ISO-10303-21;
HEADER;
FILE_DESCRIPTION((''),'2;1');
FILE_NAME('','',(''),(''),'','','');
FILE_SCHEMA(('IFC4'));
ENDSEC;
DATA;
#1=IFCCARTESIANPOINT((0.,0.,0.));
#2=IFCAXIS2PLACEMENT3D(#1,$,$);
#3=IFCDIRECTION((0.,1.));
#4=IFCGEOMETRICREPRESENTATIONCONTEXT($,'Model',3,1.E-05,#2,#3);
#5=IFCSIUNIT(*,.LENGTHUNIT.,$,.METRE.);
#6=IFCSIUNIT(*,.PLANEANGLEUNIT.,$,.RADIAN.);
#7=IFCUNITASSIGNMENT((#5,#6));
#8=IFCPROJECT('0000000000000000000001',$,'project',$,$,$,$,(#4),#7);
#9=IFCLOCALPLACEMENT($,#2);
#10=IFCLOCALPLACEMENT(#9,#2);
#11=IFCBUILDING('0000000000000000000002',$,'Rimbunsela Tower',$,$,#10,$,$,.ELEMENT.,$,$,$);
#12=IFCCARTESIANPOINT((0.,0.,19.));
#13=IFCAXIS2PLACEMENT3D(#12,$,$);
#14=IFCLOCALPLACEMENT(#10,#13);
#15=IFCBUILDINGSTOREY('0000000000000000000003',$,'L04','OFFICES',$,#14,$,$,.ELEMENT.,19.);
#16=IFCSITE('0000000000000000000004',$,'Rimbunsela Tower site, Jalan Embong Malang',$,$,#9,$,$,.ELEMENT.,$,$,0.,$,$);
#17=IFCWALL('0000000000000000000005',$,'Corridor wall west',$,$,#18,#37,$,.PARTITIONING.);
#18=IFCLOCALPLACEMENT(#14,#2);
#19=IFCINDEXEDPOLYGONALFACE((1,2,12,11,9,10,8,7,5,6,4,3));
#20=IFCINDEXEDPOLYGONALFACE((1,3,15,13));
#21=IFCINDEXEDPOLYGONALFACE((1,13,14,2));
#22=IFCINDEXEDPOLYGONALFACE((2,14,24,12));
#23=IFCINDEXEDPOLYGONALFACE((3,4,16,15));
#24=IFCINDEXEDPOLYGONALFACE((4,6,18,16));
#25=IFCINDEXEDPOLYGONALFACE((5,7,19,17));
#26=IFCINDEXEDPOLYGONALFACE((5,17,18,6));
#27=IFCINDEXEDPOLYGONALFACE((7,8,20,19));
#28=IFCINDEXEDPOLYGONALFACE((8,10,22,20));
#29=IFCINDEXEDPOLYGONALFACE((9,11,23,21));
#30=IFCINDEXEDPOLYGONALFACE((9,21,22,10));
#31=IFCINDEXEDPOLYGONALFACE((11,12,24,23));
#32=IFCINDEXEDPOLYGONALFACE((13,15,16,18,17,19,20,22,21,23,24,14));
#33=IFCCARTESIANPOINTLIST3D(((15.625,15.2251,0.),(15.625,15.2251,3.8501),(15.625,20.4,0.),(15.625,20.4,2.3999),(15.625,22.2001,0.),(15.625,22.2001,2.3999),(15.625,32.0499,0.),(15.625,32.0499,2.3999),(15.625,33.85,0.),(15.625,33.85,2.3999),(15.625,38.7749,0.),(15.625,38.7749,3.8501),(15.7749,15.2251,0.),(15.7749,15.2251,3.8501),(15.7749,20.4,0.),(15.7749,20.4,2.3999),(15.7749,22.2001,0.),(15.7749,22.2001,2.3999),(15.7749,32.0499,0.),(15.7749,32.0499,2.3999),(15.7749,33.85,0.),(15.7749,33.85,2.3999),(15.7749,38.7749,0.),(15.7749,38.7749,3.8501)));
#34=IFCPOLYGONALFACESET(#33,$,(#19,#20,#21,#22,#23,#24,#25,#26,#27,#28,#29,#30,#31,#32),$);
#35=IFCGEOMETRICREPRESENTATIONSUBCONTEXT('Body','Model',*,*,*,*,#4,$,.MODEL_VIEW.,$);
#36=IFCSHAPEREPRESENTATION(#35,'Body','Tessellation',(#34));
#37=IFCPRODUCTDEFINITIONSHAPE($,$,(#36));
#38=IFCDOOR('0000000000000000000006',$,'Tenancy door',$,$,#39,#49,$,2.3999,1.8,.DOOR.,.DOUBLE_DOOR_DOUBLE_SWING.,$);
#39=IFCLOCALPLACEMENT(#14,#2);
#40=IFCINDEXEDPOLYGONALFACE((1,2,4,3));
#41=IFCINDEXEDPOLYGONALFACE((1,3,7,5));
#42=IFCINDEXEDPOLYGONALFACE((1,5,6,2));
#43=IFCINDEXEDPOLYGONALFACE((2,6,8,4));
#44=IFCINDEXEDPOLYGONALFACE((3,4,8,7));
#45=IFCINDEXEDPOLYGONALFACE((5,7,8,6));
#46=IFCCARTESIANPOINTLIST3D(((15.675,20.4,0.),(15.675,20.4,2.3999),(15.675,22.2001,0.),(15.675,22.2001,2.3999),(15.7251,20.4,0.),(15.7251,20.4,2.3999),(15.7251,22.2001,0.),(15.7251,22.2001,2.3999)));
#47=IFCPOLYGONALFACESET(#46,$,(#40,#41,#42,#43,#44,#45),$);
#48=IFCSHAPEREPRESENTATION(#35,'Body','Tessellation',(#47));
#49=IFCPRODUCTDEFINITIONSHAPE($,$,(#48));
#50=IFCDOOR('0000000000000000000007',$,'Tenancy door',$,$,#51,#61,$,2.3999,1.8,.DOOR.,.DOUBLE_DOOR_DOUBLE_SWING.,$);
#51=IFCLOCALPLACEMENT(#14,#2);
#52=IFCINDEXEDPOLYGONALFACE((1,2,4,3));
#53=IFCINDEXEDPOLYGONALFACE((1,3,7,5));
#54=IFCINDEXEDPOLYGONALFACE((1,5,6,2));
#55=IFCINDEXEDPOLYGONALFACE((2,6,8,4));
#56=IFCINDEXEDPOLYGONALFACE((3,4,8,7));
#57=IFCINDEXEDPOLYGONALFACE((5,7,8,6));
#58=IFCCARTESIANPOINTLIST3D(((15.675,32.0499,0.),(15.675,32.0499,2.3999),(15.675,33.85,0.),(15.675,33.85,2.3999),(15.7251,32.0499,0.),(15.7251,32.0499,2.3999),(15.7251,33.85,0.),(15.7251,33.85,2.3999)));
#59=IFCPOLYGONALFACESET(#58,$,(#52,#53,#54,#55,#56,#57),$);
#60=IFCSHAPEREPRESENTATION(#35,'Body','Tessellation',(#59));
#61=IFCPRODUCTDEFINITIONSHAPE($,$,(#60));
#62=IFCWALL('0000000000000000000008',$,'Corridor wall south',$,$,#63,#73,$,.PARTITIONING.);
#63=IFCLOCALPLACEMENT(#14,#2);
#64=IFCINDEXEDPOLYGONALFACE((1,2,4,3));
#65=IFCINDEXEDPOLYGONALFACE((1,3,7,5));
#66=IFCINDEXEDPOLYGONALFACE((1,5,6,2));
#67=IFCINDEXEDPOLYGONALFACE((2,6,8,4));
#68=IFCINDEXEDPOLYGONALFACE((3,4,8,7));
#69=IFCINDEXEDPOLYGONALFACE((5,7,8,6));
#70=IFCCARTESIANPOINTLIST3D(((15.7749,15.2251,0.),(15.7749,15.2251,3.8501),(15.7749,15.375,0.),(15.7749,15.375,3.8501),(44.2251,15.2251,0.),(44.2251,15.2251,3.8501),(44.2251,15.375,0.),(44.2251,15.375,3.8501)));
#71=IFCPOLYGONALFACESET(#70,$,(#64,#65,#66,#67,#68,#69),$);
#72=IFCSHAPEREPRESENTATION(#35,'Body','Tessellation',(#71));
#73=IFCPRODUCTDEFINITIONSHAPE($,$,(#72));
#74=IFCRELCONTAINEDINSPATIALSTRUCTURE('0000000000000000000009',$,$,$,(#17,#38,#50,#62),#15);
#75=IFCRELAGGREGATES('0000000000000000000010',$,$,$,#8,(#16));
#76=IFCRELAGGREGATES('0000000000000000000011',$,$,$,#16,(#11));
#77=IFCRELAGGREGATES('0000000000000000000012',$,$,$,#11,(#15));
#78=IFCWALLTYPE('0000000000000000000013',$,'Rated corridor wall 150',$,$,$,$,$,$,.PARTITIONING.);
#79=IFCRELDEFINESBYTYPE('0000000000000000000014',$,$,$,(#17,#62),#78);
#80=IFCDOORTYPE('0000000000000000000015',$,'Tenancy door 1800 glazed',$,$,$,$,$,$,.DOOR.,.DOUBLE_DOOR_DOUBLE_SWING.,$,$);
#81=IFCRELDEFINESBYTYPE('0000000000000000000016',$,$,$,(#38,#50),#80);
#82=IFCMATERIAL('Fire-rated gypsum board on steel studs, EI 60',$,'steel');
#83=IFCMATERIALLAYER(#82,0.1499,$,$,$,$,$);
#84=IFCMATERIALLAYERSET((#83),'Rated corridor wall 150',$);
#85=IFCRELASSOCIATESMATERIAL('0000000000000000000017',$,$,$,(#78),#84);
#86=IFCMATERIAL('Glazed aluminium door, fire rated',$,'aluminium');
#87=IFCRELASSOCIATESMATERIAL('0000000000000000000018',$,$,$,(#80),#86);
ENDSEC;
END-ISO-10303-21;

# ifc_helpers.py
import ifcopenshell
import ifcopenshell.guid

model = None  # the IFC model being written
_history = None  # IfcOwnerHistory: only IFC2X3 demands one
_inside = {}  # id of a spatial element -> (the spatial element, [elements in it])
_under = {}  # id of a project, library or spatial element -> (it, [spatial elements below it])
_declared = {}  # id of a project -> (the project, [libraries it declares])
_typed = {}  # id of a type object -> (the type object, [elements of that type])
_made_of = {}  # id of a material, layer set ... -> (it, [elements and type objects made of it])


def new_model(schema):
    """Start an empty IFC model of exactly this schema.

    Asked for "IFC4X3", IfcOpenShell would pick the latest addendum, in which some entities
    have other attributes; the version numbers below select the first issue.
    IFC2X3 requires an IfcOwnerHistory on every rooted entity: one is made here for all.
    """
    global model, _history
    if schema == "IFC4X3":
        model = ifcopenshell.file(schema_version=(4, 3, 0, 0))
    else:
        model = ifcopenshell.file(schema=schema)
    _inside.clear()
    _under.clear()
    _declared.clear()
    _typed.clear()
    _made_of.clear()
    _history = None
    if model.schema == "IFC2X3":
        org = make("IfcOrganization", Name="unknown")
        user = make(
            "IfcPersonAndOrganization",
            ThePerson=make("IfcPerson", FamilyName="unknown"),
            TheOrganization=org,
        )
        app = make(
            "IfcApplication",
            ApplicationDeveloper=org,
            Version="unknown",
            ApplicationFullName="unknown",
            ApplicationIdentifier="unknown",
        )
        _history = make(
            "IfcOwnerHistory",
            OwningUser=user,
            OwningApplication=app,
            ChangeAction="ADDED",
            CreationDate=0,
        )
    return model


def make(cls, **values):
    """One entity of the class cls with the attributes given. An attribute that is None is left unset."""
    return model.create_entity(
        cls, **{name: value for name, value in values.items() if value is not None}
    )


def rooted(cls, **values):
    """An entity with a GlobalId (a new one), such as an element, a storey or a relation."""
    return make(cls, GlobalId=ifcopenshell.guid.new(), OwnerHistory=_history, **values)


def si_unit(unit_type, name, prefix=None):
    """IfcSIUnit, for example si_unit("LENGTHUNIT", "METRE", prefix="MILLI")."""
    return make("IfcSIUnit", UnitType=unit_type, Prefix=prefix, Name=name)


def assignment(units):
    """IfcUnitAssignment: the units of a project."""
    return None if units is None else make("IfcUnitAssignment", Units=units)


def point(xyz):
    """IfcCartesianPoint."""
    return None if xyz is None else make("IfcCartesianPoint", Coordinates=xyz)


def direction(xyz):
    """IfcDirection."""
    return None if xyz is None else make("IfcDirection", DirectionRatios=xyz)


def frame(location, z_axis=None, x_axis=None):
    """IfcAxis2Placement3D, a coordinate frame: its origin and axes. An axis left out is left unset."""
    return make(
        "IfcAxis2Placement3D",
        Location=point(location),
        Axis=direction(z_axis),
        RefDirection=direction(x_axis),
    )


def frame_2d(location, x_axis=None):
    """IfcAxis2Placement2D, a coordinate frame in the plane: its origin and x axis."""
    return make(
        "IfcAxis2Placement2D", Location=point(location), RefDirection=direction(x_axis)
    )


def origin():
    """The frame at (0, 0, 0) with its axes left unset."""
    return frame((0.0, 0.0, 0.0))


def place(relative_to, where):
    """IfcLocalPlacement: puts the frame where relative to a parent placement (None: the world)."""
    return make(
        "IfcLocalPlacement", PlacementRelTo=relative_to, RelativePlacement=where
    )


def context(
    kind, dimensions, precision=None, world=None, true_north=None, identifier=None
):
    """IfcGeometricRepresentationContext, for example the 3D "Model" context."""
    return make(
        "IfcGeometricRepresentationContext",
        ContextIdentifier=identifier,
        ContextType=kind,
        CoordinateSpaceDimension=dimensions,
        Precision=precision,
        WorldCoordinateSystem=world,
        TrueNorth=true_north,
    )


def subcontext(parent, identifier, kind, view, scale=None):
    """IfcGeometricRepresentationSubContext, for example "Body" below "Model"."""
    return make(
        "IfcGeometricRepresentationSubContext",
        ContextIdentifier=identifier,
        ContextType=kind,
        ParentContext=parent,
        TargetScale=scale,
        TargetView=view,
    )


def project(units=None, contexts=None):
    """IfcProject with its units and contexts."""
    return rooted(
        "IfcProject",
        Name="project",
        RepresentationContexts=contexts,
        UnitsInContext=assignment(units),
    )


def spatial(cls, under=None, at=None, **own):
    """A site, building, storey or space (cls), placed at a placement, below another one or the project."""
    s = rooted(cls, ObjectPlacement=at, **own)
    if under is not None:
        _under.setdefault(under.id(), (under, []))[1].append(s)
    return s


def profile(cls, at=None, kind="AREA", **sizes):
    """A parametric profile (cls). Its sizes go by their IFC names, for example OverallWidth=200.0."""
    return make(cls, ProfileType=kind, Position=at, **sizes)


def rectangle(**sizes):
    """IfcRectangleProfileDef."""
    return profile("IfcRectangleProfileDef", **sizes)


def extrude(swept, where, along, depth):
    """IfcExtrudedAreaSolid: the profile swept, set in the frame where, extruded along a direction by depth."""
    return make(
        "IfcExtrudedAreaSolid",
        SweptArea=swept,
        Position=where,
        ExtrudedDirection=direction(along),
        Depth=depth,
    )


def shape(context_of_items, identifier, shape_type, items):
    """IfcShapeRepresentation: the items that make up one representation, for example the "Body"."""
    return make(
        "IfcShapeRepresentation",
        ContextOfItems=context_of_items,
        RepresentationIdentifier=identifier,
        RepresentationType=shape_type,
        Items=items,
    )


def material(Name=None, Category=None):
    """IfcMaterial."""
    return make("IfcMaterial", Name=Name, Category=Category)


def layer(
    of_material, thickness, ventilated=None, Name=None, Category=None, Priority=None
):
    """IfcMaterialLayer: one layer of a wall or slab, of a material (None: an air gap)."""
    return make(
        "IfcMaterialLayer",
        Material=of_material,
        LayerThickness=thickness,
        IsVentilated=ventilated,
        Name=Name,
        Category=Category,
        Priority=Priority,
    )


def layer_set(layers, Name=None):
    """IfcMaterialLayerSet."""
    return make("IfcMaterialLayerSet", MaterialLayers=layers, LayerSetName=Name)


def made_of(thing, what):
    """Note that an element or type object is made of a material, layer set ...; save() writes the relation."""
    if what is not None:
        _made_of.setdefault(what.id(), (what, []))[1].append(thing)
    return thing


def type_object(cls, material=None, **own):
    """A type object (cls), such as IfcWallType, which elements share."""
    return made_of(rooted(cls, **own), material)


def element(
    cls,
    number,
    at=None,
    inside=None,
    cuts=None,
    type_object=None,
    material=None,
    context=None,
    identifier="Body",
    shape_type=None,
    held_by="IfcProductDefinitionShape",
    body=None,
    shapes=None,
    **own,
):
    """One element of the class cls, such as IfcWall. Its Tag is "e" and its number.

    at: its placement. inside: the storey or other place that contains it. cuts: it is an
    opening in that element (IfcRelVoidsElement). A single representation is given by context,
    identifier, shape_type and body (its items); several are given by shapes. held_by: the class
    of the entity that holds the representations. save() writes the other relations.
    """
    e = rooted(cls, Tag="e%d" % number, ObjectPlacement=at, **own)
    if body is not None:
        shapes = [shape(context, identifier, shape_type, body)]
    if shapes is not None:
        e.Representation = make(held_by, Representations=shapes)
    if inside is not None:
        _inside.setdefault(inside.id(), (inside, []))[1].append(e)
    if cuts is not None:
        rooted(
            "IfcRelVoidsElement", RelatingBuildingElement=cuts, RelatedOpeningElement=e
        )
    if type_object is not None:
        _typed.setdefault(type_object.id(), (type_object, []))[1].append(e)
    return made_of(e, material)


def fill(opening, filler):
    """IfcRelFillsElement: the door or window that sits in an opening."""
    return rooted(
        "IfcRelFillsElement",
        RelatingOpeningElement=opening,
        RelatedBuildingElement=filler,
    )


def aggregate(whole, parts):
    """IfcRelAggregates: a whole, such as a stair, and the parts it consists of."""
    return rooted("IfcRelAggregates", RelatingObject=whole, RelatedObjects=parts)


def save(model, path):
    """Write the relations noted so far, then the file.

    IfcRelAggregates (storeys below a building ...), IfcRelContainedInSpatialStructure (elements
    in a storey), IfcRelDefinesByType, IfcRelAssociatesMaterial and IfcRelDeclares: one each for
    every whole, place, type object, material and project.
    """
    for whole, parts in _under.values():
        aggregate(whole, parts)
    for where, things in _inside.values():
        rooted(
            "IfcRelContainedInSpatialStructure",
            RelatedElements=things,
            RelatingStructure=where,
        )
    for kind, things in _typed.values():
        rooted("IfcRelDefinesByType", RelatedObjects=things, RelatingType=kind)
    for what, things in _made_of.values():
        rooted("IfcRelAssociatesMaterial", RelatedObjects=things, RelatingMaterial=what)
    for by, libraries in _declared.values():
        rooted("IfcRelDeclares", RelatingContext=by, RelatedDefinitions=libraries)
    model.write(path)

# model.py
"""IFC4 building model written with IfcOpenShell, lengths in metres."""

from ifc_helpers import new_model, si_unit, direction, frame, frame_2d, origin, place, context, subcontext, project, spatial, rectangle, extrude, material, layer, layer_set, type_object, element, fill, save


model = new_model("IFC4")

# Units and contexts
model_context = context("Model", 3, precision=1e-05, world=origin(), true_north=direction((0.0, 1.0)))
body_context = subcontext(model_context, "Body", "Model", "MODEL_VIEW")
ifc_project = project(units=[si_unit("LENGTHUNIT", "METRE"), si_unit("PLANEANGLEUNIT", "RADIAN")], contexts=[model_context])

# Site, building, storey
site_placement = place(None, origin())
site = spatial("IfcSite", under=ifc_project, at=site_placement, Name="Rimbunsela Tower site, Jalan Embong Malang", CompositionType="ELEMENT", RefElevation=0.0)
building_placement = place(site_placement, origin())
building = spatial("IfcBuilding", under=site, at=building_placement, Name="Rimbunsela Tower", CompositionType="ELEMENT")
storey_placement = place(building_placement, frame((0.0, 0.0, 19.0)))
storey = spatial("IfcBuildingStorey", under=building, at=storey_placement, Name="L04", Description="OFFICES", CompositionType="ELEMENT", Elevation=19.0)

# Wall, openings, doors
ifc_material_1 = material(Name="Fire-rated gypsum board on steel studs, EI 60", Category="steel")
ifc_layer_1 = layer(ifc_material_1, 0.1499)
ifc_layer_set_1 = layer_set([ifc_layer_1], Name="Rated corridor wall 150")
wall_type_1 = type_object("IfcWallType", Name="Rated corridor wall 150", PredefinedType="PARTITIONING", material=ifc_layer_set_1)
wall_1_placement = place(storey_placement, frame((15.7, 15.2251, 0.0), z_axis=(0.0, 0.0, 1.0), x_axis=(0.0, 1.0, 0.0)))
wall_1 = element("IfcWall", 1, at=wall_1_placement, inside=storey, type_object=wall_type_1, Name="Corridor wall west", PredefinedType="PARTITIONING", context=body_context, shape_type="SweptSolid", body=[
    extrude(rectangle(XDim=23.5498, YDim=0.1499, at=frame_2d((11.7749, 0.0))), origin(), (0.0, 0.0, 1.0), 3.8501),
])
opening_1_placement = place(wall_1_placement, frame((5.175, 0.0, 0.0)))
opening_1 = element("IfcOpeningElement", 2, at=opening_1_placement, cuts=wall_1, PredefinedType="OPENING", context=body_context, shape_type="SweptSolid", body=[
    extrude(rectangle(XDim=1.8, YDim=2.3999, at=frame_2d((0.8999, 1.2))), frame((0.0, 0.085, 0.0), z_axis=(0.0, -1.0, 0.0), x_axis=(1.0, 0.0, 0.0)), (0.0, 0.0, 1.0), 0.1699),
])
opening_2_placement = place(wall_1_placement, frame((16.825, 0.0, 0.0)))
opening_2 = element("IfcOpeningElement", 3, at=opening_2_placement, cuts=wall_1, PredefinedType="OPENING", context=body_context, shape_type="SweptSolid", body=[
    extrude(rectangle(XDim=1.8, YDim=2.3999, at=frame_2d((0.8999, 1.2))), frame((0.0, 0.085, 0.0), z_axis=(0.0, -1.0, 0.0), x_axis=(1.0, 0.0, 0.0)), (0.0, 0.0, 1.0), 0.1699),
])
ifc_material_2 = material(Name="Glazed aluminium door, fire rated", Category="aluminium")
door_type_1 = type_object("IfcDoorType", Name="Tenancy door 1800 glazed", OperationType="DOUBLE_DOOR_DOUBLE_SWING", PredefinedType="DOOR", material=ifc_material_2)
door_1_placement = place(opening_1_placement, origin())
door_1 = element("IfcDoor", 4, at=door_1_placement, inside=storey, type_object=door_type_1, Name="Tenancy door", OperationType="DOUBLE_DOOR_DOUBLE_SWING", OverallHeight=2.3999, OverallWidth=1.8, PredefinedType="DOOR", context=body_context, shape_type="SweptSolid", body=[
    extrude(rectangle(XDim=1.8, YDim=2.3999, at=frame_2d((0.8999, 1.2))), frame((0.0, 0.0249, 0.0), z_axis=(0.0, -1.0, 0.0), x_axis=(1.0, 0.0, 0.0)), (0.0, 0.0, 1.0), 0.05),
])
fill(opening_1, door_1)
door_2_placement = place(opening_2_placement, origin())
door_2 = element("IfcDoor", 5, at=door_2_placement, inside=storey, type_object=door_type_1, Name="Tenancy door", OperationType="DOUBLE_DOOR_DOUBLE_SWING", OverallHeight=2.3999, OverallWidth=1.8, PredefinedType="DOOR", context=body_context, shape_type="SweptSolid", body=[
    extrude(rectangle(XDim=1.8, YDim=2.3999, at=frame_2d((0.8999, 1.2))), frame((0.0, 0.0249, 0.0), z_axis=(0.0, -1.0, 0.0), x_axis=(1.0, 0.0, 0.0)), (0.0, 0.0, 1.0), 0.05),
])
fill(opening_2, door_2)

# Wall
wall_2_placement = place(storey_placement, frame((15.7749, 15.3, 0.0), z_axis=(0.0, 0.0, 1.0), x_axis=(1.0, 0.0, 0.0)))
element("IfcWall", 6, at=wall_2_placement, inside=storey, type_object=wall_type_1, Name="Corridor wall south", PredefinedType="PARTITIONING", context=body_context, shape_type="SweptSolid", body=[
    extrude(rectangle(XDim=28.4502, YDim=0.1499, at=frame_2d((14.2251, 0.0))), origin(), (0.0, 0.0, 1.0), 3.8501),
])

save(model, "model.ifc")
